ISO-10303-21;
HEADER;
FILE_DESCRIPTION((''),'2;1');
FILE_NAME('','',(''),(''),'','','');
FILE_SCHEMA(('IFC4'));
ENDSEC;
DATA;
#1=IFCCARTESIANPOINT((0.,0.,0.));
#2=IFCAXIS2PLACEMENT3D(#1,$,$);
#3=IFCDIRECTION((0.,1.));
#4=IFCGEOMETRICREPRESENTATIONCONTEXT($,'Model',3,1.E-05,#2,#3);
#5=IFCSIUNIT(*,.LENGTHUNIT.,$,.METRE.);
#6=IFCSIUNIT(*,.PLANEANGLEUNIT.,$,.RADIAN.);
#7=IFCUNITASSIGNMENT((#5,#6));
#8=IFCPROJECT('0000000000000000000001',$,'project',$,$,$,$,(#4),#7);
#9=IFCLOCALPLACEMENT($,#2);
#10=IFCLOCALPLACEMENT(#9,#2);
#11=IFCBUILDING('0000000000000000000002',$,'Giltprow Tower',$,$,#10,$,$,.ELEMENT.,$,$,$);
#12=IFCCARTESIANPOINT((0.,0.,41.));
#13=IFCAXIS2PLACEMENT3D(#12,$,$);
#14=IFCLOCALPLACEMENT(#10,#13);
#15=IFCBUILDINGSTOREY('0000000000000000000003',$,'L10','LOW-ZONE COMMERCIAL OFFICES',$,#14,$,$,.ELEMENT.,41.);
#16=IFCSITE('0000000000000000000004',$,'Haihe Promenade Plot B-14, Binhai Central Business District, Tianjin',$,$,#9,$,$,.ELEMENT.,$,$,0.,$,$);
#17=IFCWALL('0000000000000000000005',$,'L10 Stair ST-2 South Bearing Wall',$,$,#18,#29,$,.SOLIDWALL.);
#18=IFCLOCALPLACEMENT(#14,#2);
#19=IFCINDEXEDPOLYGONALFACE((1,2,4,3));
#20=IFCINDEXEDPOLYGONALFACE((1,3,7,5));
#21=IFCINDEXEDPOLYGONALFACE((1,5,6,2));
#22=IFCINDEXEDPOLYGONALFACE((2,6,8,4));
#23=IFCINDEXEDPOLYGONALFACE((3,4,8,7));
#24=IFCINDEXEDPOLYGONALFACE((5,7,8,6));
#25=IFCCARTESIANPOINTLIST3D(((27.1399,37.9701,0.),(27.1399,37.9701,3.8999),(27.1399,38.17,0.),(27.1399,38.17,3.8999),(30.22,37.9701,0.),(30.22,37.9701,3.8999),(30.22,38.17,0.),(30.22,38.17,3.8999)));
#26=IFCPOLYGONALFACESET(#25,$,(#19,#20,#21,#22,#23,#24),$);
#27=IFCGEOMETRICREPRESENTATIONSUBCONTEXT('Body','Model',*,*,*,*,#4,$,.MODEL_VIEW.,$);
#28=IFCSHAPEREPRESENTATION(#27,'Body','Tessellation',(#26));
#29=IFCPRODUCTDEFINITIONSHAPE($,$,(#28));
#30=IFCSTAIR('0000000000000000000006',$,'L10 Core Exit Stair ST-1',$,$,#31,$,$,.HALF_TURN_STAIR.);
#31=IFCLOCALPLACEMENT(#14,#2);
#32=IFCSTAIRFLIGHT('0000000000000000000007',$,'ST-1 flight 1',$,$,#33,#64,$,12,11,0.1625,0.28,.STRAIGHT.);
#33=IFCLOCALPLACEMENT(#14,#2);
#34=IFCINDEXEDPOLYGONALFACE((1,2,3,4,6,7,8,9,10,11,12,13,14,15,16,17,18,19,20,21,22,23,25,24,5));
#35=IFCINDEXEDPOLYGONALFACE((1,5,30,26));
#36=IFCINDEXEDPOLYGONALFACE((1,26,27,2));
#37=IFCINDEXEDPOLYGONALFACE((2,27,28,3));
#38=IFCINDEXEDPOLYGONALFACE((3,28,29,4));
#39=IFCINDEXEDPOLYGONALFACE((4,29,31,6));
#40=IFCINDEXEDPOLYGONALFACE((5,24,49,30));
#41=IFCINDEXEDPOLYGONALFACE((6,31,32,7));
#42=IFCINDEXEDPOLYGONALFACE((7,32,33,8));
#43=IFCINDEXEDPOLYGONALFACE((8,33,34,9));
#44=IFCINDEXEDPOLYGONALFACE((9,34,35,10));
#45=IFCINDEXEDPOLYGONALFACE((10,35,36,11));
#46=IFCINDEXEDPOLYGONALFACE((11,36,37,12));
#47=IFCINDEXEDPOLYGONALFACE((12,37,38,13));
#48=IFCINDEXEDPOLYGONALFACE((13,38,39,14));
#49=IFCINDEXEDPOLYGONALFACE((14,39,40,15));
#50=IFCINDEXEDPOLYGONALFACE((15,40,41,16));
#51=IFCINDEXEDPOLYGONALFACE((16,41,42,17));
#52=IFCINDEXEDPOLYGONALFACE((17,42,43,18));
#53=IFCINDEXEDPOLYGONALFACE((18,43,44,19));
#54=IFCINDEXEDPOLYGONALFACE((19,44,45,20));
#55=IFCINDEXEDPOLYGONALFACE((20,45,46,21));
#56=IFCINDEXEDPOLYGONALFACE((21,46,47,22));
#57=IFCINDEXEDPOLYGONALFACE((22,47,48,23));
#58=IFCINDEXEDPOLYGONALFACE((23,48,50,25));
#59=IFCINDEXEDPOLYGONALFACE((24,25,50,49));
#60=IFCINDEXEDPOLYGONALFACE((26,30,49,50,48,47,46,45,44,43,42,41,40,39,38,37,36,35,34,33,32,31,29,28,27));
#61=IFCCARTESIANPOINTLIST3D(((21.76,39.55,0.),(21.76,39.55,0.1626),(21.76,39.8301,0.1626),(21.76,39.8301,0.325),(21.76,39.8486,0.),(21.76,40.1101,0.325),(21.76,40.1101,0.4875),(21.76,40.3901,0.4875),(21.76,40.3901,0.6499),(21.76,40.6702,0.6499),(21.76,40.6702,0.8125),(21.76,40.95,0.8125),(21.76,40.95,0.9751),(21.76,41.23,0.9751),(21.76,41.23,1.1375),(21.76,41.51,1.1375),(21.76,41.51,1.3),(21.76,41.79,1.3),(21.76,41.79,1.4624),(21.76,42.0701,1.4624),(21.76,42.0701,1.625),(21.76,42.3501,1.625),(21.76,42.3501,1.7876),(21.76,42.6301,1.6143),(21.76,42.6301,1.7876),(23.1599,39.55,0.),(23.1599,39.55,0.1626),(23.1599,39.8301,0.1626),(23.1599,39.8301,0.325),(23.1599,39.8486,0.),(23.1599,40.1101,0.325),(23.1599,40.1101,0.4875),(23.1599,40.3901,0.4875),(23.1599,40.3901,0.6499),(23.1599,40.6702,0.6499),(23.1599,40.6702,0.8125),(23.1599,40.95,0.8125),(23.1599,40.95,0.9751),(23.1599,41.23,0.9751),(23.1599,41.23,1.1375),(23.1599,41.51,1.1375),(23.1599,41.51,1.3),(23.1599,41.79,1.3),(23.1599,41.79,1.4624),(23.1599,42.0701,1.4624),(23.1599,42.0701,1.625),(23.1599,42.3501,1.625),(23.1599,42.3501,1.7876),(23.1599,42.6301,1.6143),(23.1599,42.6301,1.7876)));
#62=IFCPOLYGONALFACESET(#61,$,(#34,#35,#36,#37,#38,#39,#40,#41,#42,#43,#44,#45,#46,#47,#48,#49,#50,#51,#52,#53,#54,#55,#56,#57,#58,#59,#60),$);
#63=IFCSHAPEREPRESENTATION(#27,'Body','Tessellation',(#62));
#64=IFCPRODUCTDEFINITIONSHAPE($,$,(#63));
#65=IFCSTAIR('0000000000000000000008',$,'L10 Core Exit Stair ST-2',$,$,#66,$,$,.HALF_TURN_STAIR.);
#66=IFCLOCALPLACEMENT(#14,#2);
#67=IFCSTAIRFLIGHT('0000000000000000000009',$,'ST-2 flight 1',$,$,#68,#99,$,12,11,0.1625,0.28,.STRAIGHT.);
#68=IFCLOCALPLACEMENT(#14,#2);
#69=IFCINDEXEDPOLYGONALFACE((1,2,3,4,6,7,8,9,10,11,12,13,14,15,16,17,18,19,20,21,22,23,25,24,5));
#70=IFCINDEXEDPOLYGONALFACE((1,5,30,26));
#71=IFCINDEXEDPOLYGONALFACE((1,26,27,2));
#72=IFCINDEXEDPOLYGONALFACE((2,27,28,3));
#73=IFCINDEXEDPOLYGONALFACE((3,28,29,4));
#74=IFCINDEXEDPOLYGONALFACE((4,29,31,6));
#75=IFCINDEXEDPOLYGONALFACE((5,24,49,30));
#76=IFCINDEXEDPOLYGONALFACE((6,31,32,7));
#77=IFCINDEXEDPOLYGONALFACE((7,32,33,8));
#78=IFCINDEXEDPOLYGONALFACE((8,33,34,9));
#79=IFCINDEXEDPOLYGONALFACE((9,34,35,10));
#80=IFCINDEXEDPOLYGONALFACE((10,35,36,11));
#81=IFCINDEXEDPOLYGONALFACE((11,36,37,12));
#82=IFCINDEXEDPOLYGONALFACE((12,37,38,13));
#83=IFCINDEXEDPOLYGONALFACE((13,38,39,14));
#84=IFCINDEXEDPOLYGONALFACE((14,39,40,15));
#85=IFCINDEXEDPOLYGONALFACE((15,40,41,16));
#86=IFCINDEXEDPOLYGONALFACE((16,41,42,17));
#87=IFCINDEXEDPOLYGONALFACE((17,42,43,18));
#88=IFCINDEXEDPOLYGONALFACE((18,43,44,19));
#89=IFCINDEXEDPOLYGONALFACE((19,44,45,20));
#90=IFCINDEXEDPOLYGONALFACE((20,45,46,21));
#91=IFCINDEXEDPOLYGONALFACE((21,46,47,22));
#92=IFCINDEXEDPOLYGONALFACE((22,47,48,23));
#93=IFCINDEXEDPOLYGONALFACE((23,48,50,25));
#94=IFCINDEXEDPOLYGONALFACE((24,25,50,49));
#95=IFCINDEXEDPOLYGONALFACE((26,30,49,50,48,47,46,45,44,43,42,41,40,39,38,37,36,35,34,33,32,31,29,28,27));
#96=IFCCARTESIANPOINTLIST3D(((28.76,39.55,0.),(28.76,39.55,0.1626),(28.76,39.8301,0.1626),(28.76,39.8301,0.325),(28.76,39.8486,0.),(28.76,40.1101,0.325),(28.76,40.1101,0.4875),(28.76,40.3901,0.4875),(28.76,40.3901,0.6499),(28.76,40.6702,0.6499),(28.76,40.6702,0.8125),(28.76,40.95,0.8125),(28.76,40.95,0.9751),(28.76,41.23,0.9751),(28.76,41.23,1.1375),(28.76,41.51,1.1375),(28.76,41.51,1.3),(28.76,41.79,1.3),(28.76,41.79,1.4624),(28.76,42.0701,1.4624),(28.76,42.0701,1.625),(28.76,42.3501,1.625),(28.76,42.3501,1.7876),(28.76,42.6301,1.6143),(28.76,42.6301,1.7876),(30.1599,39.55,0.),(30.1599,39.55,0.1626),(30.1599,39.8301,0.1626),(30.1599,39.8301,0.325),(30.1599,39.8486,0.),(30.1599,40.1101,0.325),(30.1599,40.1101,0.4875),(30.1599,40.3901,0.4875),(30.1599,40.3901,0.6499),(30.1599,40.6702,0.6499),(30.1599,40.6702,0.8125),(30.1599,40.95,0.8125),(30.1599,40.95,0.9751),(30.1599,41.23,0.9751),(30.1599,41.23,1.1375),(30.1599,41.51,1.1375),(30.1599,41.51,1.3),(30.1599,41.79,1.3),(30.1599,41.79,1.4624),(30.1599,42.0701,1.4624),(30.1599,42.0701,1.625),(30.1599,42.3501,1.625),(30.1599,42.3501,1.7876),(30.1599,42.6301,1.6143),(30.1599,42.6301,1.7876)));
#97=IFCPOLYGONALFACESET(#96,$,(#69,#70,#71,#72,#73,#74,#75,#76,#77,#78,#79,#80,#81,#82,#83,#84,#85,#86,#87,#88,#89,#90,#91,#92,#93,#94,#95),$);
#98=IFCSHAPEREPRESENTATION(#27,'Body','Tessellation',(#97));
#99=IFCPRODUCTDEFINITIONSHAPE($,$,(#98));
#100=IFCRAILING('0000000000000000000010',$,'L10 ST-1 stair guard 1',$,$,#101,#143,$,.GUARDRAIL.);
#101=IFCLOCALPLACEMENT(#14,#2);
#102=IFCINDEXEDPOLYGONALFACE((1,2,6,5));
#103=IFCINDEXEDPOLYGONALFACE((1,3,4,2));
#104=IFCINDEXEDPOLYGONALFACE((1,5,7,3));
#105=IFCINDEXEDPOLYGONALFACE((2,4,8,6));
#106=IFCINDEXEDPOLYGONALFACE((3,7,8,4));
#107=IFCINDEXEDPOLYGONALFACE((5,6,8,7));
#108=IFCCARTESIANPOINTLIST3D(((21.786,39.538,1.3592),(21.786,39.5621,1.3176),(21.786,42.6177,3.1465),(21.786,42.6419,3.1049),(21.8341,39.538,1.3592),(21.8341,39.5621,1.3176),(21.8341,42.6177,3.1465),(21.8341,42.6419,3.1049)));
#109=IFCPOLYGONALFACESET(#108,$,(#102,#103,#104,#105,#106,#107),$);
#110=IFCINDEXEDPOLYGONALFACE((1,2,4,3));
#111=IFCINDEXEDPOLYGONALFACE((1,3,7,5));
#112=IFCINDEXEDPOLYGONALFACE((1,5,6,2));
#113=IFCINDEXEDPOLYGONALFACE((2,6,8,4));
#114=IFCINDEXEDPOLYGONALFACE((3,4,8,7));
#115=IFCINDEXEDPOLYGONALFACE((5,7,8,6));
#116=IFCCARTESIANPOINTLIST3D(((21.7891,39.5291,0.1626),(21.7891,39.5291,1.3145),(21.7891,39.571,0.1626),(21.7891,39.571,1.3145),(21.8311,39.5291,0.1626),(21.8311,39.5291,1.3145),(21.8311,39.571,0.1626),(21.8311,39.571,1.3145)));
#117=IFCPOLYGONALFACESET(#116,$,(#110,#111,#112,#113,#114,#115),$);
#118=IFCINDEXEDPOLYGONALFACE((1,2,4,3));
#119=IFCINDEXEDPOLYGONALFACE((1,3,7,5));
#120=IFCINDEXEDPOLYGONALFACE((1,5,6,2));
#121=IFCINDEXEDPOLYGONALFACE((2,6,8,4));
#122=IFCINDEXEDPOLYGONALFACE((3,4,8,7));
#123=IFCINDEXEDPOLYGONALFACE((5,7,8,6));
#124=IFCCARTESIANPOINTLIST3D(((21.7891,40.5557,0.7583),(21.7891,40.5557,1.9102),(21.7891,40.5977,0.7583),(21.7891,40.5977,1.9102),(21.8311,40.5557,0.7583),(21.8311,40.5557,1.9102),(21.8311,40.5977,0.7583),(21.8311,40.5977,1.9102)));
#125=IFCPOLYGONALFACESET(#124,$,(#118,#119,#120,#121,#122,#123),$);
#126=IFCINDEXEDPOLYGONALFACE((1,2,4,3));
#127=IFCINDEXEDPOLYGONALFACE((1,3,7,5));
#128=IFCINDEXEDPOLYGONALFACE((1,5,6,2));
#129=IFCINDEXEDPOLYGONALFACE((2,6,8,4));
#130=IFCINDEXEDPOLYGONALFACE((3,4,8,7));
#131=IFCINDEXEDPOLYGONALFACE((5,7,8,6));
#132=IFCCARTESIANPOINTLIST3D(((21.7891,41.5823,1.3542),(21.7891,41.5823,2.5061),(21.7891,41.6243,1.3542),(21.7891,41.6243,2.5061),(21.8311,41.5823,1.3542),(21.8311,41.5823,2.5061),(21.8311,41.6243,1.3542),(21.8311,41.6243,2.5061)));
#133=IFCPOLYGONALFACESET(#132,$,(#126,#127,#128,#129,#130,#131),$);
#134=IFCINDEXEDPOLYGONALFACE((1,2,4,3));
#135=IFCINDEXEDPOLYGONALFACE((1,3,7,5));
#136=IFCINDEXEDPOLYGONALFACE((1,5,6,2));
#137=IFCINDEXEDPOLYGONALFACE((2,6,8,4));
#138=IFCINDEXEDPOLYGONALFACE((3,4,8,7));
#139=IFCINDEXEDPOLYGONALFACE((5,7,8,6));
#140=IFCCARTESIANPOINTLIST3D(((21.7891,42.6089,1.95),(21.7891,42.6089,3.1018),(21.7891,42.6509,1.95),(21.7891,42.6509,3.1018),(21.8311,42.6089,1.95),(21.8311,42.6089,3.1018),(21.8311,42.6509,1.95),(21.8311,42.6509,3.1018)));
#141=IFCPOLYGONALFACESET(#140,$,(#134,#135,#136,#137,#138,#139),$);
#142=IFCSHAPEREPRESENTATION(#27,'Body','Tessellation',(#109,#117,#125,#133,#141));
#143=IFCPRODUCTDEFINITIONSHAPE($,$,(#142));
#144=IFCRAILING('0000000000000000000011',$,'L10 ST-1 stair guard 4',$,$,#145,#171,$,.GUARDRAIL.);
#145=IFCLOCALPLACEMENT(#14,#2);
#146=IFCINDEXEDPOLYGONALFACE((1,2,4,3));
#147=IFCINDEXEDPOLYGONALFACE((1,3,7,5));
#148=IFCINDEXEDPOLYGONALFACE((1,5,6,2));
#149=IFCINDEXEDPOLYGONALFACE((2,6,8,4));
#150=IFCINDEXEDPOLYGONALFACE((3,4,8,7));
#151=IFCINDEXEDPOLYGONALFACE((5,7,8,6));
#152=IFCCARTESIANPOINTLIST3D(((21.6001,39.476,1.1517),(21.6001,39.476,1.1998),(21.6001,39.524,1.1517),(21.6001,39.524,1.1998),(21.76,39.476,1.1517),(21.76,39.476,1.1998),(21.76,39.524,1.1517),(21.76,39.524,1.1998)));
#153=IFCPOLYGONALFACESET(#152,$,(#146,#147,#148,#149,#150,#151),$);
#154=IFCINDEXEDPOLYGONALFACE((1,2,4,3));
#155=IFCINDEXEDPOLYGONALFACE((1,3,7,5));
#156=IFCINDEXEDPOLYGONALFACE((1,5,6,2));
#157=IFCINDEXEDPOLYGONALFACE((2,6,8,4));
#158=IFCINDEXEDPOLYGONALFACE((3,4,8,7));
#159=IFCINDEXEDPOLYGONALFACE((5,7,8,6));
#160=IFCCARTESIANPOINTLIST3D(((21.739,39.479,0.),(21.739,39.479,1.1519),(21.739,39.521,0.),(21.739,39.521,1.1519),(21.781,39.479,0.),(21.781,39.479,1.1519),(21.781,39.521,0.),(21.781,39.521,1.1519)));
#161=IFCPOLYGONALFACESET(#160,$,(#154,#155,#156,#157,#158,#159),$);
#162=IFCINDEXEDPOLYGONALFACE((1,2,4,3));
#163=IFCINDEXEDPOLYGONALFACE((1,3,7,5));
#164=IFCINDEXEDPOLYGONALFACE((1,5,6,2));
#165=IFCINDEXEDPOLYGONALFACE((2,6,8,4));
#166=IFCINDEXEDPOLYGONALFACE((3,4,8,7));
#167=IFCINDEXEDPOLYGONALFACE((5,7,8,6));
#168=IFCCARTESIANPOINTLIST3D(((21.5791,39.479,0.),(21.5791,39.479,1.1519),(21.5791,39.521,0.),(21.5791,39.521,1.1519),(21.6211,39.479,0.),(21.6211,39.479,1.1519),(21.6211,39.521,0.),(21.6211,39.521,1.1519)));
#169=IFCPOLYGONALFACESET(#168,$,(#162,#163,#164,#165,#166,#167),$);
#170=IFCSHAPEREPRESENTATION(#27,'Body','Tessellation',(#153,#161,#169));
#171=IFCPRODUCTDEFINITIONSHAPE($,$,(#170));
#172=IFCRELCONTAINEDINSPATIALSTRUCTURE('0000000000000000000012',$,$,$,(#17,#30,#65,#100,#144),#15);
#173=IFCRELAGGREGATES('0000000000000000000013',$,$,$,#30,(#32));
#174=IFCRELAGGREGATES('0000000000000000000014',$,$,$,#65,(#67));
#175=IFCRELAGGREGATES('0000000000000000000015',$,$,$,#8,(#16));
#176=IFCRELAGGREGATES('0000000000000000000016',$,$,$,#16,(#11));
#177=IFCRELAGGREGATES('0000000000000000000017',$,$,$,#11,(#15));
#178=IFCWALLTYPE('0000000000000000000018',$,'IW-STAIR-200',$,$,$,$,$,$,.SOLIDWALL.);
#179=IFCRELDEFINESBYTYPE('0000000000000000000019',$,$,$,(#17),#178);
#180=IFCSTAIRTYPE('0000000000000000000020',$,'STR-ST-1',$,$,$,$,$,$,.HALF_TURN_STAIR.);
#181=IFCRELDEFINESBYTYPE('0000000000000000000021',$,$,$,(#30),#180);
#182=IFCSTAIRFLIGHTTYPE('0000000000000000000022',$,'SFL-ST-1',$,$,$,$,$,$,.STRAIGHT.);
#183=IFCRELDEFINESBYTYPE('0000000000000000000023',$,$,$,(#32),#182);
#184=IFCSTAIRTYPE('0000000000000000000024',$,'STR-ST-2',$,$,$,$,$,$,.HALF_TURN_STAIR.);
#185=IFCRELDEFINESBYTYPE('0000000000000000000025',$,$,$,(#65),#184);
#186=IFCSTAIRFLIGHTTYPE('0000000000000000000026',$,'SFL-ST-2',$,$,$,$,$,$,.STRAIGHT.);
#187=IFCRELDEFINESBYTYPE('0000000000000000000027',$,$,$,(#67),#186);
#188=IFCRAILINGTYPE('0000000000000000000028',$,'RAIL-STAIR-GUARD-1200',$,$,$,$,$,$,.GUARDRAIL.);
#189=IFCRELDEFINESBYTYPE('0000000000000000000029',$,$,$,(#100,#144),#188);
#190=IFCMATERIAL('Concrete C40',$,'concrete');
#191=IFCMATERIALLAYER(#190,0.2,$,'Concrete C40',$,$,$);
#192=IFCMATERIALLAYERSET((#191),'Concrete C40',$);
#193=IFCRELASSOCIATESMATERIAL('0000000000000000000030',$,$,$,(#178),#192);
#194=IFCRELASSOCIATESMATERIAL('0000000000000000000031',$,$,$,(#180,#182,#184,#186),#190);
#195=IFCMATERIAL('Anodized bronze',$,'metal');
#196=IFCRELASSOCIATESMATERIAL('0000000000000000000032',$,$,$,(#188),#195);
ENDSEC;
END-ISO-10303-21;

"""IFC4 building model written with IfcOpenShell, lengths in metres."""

from ifc_helpers import new_model, si_unit, direction, frame, frame_2d, origin, origin_2d, place, context, subcontext, project, spatial, polyline, rectangle, outline, extrude, material, layer, layer_set, type_object, element, aggregate, save


model = new_model("IFC4")

# Units and contexts
model_context = context("Model", 3, precision=1e-05, world=origin(), true_north=direction((0.0, 1.0)))
body_context = subcontext(model_context, "Body", "Model", "MODEL_VIEW")
ifc_project = project(units=[si_unit("LENGTHUNIT", "METRE"), si_unit("PLANEANGLEUNIT", "RADIAN")], contexts=[model_context])

# Site, building, storey
site_placement = place(None, origin())
site = spatial("IfcSite", under=ifc_project, at=site_placement, Name="Haihe Promenade Plot B-14, Binhai Central Business District, Tianjin", CompositionType="ELEMENT", RefElevation=0.0)
building_placement = place(site_placement, origin())
building = spatial("IfcBuilding", under=site, at=building_placement, Name="Giltprow Tower", CompositionType="ELEMENT")
storey_placement = place(building_placement, frame((0.0, 0.0, 41.0)))
storey = spatial("IfcBuildingStorey", under=building, at=storey_placement, Name="L10", Description="LOW-ZONE COMMERCIAL OFFICES", CompositionType="ELEMENT", Elevation=41.0)

# Shared definitions
ifc_material_1 = material(Name="Concrete C40", Category="concrete")
ifc_layer = layer(ifc_material_1, 0.2, Name="Concrete C40")
ifc_layer_set = layer_set([ifc_layer], Name="Concrete C40")
wall_type = type_object("IfcWallType", Name="IW-STAIR-200", PredefinedType="SOLIDWALL", material=ifc_layer_set)

# Wall
wall_1_placement = place(storey_placement, frame((27.1399, 38.0701, 0.0), z_axis=(0.0, 0.0, 1.0), x_axis=(1.0, 0.0, 0.0)))
element("IfcWall", 1, at=wall_1_placement, inside=storey, type_object=wall_type, Name="L10 Stair ST-2 South Bearing Wall", PredefinedType="SOLIDWALL", context=body_context, shape_type="SweptSolid", body=[
    extrude(rectangle(XDim=3.0801, YDim=0.2, at=frame_2d((1.54, 0.0))), origin(), (0.0, 0.0, 1.0), 3.8999),
])

# Stairs, stair flights
stair_type_1 = type_object("IfcStairType", Name="STR-ST-1", PredefinedType="HALF_TURN_STAIR", material=ifc_material_1)
stair_1_placement = place(storey_placement, origin())
stair_1 = element("IfcStair", 2, at=stair_1_placement, inside=storey, type_object=stair_type_1, Name="L10 Core Exit Stair ST-1", PredefinedType="HALF_TURN_STAIR")
stair_flight_type_1 = type_object("IfcStairFlightType", Name="SFL-ST-1", PredefinedType="STRAIGHT", material=ifc_material_1)
stair_flight_1_placement = place(storey_placement, frame((22.46, 39.55, 0.0), z_axis=(0.0, 0.0, 1.0), x_axis=(0.0, 1.0, 0.0)))
stair_flight_1 = element("IfcStairFlight", 3, at=stair_flight_1_placement, type_object=stair_flight_type_1, Name="ST-1 flight 1", NumberOfRisers=12, NumberOfTreads=11, PredefinedType="STRAIGHT", RiserHeight=0.1625, TreadLength=0.28, context=body_context, shape_type="SweptSolid", body=[
    extrude(outline(polyline([(0.0, 0.0), (0.0, 0.1626), (0.28, 0.1626), (0.28, 0.325), (0.5601, 0.325), (0.5601, 0.4875), (0.8401, 0.4875), (0.8401, 0.6499), (1.1201, 0.6499), (1.1201, 0.8125), (1.3999, 0.8125), (1.3999, 0.9751), (1.6799, 0.9751), (1.6799, 1.1375), (1.96, 1.1375), (1.96, 1.3), (2.24, 1.3), (2.24, 1.4624), (2.52, 1.4624), (2.52, 1.625), (2.8, 1.625), (2.8, 1.7876), (3.0801, 1.7876), (3.0801, 1.95), (3.0801, 1.6143), (0.2986, 0.0), (0.0, 0.0)])), frame((0.0, 0.7, 0.0), z_axis=(0.0, -1.0, 0.0), x_axis=(1.0, 0.0, 0.0)), (0.0, 0.0, 1.0), 1.3999),
])
aggregate(stair_1, [stair_flight_1])
stair_type_2 = type_object("IfcStairType", Name="STR-ST-2", PredefinedType="HALF_TURN_STAIR", material=ifc_material_1)
stair_2_placement = place(storey_placement, origin())
stair_2 = element("IfcStair", 4, at=stair_2_placement, inside=storey, type_object=stair_type_2, Name="L10 Core Exit Stair ST-2", PredefinedType="HALF_TURN_STAIR")
stair_flight_type_2 = type_object("IfcStairFlightType", Name="SFL-ST-2", PredefinedType="STRAIGHT", material=ifc_material_1)
stair_flight_2_placement = place(storey_placement, frame((29.46, 39.55, 0.0), z_axis=(0.0, 0.0, 1.0), x_axis=(0.0, 1.0, 0.0)))
stair_flight_2 = element("IfcStairFlight", 5, at=stair_flight_2_placement, type_object=stair_flight_type_2, Name="ST-2 flight 1", NumberOfRisers=12, NumberOfTreads=11, PredefinedType="STRAIGHT", RiserHeight=0.1625, TreadLength=0.28, context=body_context, shape_type="SweptSolid", body=[
    extrude(outline(polyline([(0.0, 0.0), (0.0, 0.1626), (0.28, 0.1626), (0.28, 0.325), (0.5601, 0.325), (0.5601, 0.4875), (0.8401, 0.4875), (0.8401, 0.6499), (1.1201, 0.6499), (1.1201, 0.8125), (1.3999, 0.8125), (1.3999, 0.9751), (1.6799, 0.9751), (1.6799, 1.1375), (1.96, 1.1375), (1.96, 1.3), (2.24, 1.3), (2.24, 1.4624), (2.52, 1.4624), (2.52, 1.625), (2.8, 1.625), (2.8, 1.7876), (3.0801, 1.7876), (3.0801, 1.95), (3.0801, 1.6143), (0.2986, 0.0), (0.0, 0.0)])), frame((0.0, 0.7, 0.0), z_axis=(0.0, -1.0, 0.0), x_axis=(1.0, 0.0, 0.0)), (0.0, 0.0, 1.0), 1.3999),
])
aggregate(stair_2, [stair_flight_2])

# Railings
ifc_material_2 = material(Name="Anodized bronze", Category="metal")
railing_type_1 = type_object("IfcRailingType", Name="RAIL-STAIR-GUARD-1200", PredefinedType="GUARDRAIL", material=ifc_material_2)
railing_1_placement = place(storey_placement, frame((21.8101, 39.55, 0.1626)))
element("IfcRailing", 6, at=railing_1_placement, inside=storey, type_object=railing_type_1, Name="L10 ST-1 stair guard 1", PredefinedType="GUARDRAIL", context=body_context, shape_type="SweptSolid", body=[
    extrude(rectangle(XDim=0.0481, YDim=0.0481, at=origin_2d()), frame((0.0, 0.0, 1.1758), z_axis=(0.0, 0.864903, 0.501939), x_axis=(-1.0, 0.0, 0.0)), (0.0, 0.0, 1.0), 3.5608),
    extrude(rectangle(XDim=0.042, YDim=0.042, at=origin_2d()), origin(), (0.0, 0.0, 1.0), 1.1519),
    extrude(rectangle(XDim=0.042, YDim=0.042, at=origin_2d()), frame((0.0, 1.0266, 0.5957)), (0.0, 0.0, 1.0), 1.1519),
    extrude(rectangle(XDim=0.042, YDim=0.042, at=origin_2d()), frame((0.0, 2.0532, 1.1917)), (0.0, 0.0, 1.0), 1.1519),
    extrude(rectangle(XDim=0.042, YDim=0.042, at=origin_2d()), frame((0.0, 3.0798, 1.7874)), (0.0, 0.0, 1.0), 1.1519),
])
railing_2_placement = place(storey_placement, frame((21.76, 39.5, 0.0)))
element("IfcRailing", 7, at=railing_2_placement, inside=storey, type_object=railing_type_1, Name="L10 ST-1 stair guard 4", PredefinedType="GUARDRAIL", context=body_context, shape_type="SweptSolid", body=[
    extrude(rectangle(XDim=0.0481, YDim=0.0481, at=origin_2d()), frame((0.0, 0.0, 1.1758), z_axis=(-1.0, 0.0, 0.0), x_axis=(0.0, -1.0, 0.0)), (0.0, 0.0, 1.0), 0.1599),
    extrude(rectangle(XDim=0.042, YDim=0.042, at=origin_2d()), origin(), (0.0, 0.0, 1.0), 1.1519),
    extrude(rectangle(XDim=0.042, YDim=0.042, at=origin_2d()), frame((-0.1599, 0.0, 0.0)), (0.0, 0.0, 1.0), 1.1519),
])

save(model, "model.ifc")
